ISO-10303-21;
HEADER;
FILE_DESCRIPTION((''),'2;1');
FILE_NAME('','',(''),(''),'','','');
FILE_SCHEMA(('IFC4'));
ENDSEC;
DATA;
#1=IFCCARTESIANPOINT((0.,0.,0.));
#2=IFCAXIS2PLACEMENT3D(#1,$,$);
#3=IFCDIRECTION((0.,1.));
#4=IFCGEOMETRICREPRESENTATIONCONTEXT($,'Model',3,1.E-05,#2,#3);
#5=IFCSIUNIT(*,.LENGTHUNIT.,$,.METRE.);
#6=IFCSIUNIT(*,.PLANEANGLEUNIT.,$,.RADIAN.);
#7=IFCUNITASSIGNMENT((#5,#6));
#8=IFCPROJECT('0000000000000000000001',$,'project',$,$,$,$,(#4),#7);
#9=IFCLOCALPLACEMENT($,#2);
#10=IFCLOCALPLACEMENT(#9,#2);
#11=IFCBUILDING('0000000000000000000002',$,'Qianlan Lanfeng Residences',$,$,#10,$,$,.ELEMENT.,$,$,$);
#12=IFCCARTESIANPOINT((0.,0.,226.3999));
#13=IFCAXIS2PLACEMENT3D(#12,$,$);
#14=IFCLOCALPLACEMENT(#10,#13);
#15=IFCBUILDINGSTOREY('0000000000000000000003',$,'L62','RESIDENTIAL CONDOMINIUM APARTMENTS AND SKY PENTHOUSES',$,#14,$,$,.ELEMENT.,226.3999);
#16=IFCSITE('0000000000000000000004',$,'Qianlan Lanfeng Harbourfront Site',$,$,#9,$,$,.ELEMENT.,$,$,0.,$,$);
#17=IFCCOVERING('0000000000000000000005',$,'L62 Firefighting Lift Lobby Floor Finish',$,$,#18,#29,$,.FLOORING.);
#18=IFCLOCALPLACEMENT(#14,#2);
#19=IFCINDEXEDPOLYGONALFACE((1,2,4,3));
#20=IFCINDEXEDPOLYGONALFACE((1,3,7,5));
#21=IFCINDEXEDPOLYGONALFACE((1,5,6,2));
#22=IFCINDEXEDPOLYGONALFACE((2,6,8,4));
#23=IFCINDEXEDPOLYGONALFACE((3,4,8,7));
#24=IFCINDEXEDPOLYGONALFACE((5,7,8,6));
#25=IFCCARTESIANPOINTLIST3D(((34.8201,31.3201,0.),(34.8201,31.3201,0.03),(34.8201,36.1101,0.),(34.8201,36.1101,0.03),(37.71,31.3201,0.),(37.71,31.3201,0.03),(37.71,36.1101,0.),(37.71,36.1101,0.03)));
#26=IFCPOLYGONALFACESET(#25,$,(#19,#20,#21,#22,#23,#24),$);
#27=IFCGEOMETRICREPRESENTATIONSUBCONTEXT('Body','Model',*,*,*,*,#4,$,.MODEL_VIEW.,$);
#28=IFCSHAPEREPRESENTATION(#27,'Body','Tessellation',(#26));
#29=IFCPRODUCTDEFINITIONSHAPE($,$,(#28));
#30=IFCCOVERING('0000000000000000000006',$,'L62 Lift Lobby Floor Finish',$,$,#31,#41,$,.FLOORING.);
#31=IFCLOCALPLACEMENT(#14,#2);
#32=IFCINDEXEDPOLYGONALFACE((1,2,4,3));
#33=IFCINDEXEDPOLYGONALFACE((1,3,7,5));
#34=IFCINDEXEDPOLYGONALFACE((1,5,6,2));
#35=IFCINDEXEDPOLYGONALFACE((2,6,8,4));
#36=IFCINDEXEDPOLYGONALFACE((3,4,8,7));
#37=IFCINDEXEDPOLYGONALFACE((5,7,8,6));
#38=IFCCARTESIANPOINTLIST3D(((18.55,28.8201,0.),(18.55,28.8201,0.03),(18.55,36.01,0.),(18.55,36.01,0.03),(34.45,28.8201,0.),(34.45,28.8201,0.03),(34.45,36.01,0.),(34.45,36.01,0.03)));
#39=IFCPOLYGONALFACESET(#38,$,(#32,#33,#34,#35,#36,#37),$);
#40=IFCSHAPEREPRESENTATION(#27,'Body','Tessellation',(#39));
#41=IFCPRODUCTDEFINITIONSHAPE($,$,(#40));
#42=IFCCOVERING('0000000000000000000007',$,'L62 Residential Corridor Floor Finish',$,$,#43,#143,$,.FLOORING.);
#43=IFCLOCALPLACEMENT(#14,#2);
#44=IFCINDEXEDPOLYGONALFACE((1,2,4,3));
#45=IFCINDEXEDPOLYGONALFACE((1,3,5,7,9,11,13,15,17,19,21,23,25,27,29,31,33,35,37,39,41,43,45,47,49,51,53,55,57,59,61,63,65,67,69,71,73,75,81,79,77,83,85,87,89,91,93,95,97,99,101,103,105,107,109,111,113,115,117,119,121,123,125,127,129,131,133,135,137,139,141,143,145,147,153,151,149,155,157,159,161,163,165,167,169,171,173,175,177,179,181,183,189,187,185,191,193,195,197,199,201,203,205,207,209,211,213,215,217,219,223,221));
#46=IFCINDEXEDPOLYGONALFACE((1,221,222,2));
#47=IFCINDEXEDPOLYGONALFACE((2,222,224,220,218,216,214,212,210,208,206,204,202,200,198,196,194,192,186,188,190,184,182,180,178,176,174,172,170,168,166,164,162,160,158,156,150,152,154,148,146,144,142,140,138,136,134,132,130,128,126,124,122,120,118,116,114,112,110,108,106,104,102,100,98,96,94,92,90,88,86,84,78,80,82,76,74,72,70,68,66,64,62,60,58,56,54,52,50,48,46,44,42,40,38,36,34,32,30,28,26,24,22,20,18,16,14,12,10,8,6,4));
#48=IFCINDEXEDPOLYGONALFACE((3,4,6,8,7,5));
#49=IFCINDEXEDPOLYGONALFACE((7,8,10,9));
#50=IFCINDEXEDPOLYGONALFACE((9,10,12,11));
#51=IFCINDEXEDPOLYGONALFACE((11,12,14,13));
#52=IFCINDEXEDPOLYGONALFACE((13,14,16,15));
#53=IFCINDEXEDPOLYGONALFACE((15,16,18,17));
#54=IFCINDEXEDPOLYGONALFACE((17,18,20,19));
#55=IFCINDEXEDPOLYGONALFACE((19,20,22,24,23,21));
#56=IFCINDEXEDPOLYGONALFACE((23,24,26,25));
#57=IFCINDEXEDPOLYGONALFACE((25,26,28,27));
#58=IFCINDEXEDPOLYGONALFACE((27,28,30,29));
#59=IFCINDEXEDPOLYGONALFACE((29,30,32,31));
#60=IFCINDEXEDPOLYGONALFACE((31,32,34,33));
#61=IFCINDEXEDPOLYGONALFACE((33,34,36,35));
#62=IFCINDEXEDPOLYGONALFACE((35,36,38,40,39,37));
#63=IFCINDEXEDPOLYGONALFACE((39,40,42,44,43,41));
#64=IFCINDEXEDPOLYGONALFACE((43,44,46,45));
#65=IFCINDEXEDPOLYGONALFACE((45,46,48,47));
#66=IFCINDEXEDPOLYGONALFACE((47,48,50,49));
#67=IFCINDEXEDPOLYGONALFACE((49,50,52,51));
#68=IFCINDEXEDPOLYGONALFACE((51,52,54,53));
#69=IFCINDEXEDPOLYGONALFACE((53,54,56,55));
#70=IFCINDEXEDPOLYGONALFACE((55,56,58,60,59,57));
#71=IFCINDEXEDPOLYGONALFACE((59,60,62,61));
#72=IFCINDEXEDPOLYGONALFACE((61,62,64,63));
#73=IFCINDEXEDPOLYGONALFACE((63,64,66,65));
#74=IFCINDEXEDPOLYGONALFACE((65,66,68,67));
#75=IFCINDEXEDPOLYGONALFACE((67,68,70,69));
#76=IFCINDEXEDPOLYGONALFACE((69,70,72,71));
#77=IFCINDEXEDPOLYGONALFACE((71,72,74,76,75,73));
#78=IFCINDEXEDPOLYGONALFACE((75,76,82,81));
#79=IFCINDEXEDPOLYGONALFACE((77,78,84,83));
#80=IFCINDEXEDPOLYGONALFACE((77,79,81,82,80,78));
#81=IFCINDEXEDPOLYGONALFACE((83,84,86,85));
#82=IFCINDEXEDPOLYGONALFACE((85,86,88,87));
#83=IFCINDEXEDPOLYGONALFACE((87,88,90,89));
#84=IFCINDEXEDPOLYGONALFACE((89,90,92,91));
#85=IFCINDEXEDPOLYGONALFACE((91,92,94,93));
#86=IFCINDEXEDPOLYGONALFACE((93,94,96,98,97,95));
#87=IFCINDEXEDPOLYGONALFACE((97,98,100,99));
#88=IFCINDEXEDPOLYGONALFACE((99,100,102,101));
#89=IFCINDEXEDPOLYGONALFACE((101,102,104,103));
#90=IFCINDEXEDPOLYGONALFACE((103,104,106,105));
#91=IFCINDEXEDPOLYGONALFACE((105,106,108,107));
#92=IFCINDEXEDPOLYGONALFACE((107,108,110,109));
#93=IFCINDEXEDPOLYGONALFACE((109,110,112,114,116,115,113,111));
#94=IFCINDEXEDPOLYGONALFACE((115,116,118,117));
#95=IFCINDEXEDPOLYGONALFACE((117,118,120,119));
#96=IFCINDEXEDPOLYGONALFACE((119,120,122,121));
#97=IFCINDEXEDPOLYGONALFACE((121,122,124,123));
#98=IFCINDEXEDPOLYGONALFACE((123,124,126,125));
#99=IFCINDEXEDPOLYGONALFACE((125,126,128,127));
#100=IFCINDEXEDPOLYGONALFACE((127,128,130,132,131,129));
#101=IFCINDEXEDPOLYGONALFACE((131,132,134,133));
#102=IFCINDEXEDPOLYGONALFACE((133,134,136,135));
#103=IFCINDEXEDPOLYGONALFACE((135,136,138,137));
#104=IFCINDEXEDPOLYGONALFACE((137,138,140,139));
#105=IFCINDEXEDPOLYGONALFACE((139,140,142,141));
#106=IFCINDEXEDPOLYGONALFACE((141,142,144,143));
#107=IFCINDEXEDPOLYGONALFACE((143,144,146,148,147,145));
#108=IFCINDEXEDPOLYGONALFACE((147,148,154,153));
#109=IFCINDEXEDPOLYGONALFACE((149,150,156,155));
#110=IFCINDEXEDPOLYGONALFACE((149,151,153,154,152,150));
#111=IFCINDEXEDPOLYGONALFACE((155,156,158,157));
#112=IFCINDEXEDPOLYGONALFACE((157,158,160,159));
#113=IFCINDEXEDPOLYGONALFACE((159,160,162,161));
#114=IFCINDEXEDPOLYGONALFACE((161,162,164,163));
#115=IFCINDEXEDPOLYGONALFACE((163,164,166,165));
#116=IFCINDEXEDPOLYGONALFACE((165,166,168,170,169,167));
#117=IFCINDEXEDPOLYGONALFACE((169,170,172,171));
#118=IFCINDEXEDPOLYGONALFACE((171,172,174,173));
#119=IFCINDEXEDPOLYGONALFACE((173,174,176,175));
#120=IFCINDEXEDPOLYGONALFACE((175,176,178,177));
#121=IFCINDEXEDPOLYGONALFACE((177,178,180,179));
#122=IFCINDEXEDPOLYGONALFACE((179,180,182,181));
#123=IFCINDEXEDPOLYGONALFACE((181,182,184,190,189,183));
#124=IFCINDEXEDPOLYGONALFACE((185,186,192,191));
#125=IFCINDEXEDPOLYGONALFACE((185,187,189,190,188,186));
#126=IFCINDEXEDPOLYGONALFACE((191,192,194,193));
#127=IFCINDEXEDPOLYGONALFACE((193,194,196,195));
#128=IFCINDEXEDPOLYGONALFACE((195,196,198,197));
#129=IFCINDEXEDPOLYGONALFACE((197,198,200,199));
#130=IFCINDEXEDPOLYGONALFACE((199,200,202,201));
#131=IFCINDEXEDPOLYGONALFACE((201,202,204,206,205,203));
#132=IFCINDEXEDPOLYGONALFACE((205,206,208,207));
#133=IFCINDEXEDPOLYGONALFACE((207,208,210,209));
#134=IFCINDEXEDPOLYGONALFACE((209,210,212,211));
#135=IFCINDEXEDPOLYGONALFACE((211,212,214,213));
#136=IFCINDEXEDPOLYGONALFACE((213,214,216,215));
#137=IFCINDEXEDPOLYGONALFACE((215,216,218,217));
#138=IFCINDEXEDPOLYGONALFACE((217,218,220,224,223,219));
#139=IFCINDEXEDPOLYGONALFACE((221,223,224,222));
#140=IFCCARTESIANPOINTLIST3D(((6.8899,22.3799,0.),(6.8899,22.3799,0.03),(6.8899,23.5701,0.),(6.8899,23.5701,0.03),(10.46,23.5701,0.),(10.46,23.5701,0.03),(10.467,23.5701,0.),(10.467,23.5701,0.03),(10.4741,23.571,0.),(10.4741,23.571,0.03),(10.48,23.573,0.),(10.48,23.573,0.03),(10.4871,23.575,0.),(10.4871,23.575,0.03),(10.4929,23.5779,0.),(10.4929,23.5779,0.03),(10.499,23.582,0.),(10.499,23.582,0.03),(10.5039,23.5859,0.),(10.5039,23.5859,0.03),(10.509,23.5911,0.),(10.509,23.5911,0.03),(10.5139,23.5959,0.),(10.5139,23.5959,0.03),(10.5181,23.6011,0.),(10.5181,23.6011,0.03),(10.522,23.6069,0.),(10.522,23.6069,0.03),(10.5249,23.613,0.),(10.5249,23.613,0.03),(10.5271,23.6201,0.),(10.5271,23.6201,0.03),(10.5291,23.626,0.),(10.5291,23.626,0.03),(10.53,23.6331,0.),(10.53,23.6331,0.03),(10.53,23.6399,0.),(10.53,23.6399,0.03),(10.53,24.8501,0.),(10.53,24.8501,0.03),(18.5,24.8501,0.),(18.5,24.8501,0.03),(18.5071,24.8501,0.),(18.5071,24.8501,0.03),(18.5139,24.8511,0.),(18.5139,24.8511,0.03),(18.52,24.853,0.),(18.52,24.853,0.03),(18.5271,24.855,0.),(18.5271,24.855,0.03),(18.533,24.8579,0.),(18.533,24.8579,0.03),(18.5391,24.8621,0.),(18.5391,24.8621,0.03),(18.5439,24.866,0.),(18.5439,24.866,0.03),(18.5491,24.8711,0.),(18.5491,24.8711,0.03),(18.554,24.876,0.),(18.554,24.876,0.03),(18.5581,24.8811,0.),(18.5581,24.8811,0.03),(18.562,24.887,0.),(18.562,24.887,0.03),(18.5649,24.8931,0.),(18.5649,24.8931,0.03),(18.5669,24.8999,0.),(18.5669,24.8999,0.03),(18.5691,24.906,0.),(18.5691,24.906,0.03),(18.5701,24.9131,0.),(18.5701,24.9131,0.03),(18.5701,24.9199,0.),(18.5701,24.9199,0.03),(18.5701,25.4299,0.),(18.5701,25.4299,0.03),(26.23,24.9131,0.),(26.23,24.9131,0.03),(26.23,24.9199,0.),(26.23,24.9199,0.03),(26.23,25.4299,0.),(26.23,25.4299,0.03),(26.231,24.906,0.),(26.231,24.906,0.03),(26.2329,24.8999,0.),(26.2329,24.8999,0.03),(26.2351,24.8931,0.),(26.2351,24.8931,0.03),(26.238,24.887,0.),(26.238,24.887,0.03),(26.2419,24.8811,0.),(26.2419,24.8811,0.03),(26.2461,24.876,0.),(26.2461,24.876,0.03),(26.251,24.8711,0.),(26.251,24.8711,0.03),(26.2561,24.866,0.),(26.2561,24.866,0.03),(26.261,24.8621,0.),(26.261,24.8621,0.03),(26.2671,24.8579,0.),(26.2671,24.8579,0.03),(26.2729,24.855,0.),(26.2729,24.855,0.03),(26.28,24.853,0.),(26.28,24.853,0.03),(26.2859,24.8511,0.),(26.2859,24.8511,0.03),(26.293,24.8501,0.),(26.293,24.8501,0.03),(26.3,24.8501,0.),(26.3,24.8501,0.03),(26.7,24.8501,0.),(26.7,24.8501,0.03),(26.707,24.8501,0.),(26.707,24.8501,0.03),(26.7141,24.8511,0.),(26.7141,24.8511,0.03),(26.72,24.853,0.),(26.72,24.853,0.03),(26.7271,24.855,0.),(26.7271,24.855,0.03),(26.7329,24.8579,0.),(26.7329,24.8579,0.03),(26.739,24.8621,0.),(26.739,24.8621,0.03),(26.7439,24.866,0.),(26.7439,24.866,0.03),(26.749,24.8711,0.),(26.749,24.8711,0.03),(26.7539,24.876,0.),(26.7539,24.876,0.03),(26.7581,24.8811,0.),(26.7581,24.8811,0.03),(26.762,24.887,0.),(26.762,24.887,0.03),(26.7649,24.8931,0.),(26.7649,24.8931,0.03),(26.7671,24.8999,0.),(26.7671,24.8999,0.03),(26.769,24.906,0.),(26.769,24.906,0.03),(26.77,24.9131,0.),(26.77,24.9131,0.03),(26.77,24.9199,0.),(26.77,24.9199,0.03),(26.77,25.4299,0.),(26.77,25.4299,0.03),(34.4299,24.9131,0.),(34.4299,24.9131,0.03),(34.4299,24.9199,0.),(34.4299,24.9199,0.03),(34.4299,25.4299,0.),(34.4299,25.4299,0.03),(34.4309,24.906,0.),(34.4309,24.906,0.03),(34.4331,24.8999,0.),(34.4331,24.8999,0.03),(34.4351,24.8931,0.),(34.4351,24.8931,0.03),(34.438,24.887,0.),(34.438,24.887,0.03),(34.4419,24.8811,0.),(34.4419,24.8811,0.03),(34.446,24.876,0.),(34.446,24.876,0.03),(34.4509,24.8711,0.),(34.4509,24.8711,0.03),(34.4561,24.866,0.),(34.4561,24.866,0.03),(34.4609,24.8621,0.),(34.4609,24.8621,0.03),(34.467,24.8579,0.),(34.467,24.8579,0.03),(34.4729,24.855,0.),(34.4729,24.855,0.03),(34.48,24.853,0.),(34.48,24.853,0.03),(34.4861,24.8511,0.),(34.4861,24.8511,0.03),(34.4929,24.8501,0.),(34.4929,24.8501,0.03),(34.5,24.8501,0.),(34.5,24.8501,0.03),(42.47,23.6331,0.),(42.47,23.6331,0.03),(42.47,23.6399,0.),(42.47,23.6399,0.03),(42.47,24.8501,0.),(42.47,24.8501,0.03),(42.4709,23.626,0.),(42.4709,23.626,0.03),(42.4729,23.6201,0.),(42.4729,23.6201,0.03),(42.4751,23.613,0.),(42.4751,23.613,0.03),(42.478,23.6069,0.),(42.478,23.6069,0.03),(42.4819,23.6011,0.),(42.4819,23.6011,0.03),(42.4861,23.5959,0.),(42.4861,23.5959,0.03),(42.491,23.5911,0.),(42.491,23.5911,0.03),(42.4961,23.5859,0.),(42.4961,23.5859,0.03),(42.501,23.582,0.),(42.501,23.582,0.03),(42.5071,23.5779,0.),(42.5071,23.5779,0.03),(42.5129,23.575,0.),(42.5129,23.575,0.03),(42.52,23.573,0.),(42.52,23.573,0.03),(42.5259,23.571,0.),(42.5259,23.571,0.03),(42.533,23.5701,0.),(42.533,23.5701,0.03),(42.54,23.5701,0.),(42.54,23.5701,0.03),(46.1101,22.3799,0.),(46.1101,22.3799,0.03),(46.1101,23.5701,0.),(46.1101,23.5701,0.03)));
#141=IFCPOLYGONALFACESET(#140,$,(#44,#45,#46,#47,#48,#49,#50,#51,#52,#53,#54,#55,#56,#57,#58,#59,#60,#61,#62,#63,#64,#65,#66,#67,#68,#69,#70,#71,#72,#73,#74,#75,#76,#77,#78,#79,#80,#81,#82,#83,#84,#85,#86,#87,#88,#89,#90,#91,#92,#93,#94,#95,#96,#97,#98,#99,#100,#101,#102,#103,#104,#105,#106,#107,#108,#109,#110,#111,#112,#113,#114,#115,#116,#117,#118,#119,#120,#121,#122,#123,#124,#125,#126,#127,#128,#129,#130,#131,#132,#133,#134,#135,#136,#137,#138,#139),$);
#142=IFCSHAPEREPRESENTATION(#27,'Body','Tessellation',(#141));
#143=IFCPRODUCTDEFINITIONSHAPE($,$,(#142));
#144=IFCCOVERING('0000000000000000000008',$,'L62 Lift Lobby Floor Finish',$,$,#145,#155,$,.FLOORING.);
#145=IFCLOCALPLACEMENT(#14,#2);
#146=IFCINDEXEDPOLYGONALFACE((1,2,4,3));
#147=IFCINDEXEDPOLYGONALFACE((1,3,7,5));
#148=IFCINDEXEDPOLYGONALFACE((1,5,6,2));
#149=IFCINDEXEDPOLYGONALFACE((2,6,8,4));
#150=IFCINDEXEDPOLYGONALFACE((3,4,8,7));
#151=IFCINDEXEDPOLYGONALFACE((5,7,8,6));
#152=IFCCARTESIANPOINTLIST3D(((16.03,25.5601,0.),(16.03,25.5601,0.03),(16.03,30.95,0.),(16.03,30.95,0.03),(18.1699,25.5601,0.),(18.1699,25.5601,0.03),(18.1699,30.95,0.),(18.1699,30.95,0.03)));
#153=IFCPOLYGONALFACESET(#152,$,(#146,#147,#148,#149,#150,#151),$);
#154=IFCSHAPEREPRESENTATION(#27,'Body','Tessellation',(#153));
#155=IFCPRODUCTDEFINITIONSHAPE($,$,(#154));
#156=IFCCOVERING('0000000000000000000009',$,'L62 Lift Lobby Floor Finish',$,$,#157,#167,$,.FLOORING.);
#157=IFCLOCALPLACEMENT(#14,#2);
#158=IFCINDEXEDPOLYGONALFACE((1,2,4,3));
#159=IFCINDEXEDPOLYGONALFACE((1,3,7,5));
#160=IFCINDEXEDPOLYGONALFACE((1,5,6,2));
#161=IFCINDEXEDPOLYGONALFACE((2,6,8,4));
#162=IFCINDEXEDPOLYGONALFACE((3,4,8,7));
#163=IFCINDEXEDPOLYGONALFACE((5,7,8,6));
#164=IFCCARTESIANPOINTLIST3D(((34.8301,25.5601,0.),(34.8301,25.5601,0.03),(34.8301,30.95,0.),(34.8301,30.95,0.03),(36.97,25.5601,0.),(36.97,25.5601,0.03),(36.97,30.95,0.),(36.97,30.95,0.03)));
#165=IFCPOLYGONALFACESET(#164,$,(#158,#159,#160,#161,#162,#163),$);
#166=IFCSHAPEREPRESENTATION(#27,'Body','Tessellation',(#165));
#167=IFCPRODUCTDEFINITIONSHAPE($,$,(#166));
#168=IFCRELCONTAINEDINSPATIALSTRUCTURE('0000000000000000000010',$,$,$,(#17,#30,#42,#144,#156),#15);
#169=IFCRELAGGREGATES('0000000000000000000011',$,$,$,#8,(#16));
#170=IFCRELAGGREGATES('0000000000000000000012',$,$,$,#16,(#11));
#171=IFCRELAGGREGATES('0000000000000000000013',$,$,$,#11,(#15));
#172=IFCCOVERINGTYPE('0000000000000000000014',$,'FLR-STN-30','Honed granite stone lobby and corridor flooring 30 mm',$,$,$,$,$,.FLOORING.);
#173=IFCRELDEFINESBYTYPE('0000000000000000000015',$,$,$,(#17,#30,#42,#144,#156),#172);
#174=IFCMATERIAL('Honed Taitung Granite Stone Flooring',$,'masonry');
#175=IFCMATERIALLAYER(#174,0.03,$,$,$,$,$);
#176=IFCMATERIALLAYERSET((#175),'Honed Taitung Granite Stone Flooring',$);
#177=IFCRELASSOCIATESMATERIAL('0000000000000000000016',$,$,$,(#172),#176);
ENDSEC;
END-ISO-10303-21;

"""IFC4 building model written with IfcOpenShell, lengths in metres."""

from ifc_helpers import new_model, si_unit, direction, frame, origin, place, context, subcontext, project, spatial, polyline, outline, extrude, material, layer, layer_set, type_object, element, save


model = new_model("IFC4")

# Units and contexts
model_context = context("Model", 3, precision=1e-05, world=origin(), true_north=direction((0.0, 1.0)))
body_context = subcontext(model_context, "Body", "Model", "MODEL_VIEW")
ifc_project = project(units=[si_unit("LENGTHUNIT", "METRE"), si_unit("PLANEANGLEUNIT", "RADIAN")], contexts=[model_context])

# Site, building, storey
site_placement = place(None, origin())
site = spatial("IfcSite", under=ifc_project, at=site_placement, Name="Qianlan Lanfeng Harbourfront Site", CompositionType="ELEMENT", RefElevation=0.0)
building_placement = place(site_placement, origin())
building = spatial("IfcBuilding", under=site, at=building_placement, Name="Qianlan Lanfeng Residences", CompositionType="ELEMENT")
storey_placement = place(building_placement, frame((0.0, 0.0, 226.3999)))
storey = spatial("IfcBuildingStorey", under=building, at=storey_placement, Name="L62", Description="RESIDENTIAL CONDOMINIUM APARTMENTS AND SKY PENTHOUSES", CompositionType="ELEMENT", Elevation=226.3999)

# Coverings
ifc_material_1 = material(Name="Honed Taitung Granite Stone Flooring", Category="masonry")
ifc_layer_1 = layer(ifc_material_1, 0.03)
ifc_layer_set_1 = layer_set([ifc_layer_1], Name="Honed Taitung Granite Stone Flooring")
covering_type_1 = type_object("IfcCoveringType", Name="FLR-STN-30", Description="Honed granite stone lobby and corridor flooring 30 mm", PredefinedType="FLOORING", material=ifc_layer_set_1)
covering_1_placement = place(storey_placement, origin())
element("IfcCovering", 1, at=covering_1_placement, inside=storey, type_object=covering_type_1, Name="L62 Firefighting Lift Lobby Floor Finish", PredefinedType="FLOORING", context=body_context, shape_type="SweptSolid", body=[
    extrude(outline(polyline([(34.8201, 31.3201), (37.71, 31.3201), (37.71, 36.1101), (34.8201, 36.1101), (34.8201, 31.3201)])), origin(), (0.0, 0.0, 1.0), 0.03),
])
covering_2_placement = place(storey_placement, origin())
element("IfcCovering", 2, at=covering_2_placement, inside=storey, type_object=covering_type_1, Name="L62 Lift Lobby Floor Finish", PredefinedType="FLOORING", context=body_context, shape_type="SweptSolid", body=[
    extrude(outline(polyline([(18.55, 28.8201), (34.45, 28.8201), (34.45, 36.01), (18.55, 36.01), (18.55, 28.8201)])), origin(), (0.0, 0.0, 1.0), 0.03),
])
covering_3_placement = place(storey_placement, origin())
element("IfcCovering", 3, at=covering_3_placement, inside=storey, type_object=covering_type_1, Name="L62 Residential Corridor Floor Finish", PredefinedType="FLOORING", context=body_context, shape_type="SweptSolid", body=[
    extrude(outline(polyline([(6.8899, 22.3799), (46.1101, 22.3799), (46.1101, 23.5701), (42.54, 23.5701), (42.533, 23.5701), (42.5259, 23.571), (42.52, 23.573), (42.5129, 23.575), (42.5071, 23.5779), (42.501, 23.582), (42.4961, 23.5859), (42.491, 23.5911), (42.4861, 23.5959), (42.4819, 23.6011), (42.478, 23.6069), (42.4751, 23.613), (42.4729, 23.6201), (42.4709, 23.626), (42.47, 23.6331), (42.47, 23.6399), (42.47, 24.8501), (34.5, 24.8501), (34.4929, 24.8501), (34.4861, 24.8511), (34.48, 24.853), (34.4729, 24.855), (34.467, 24.8579), (34.4609, 24.8621), (34.4561, 24.866), (34.4509, 24.8711), (34.446, 24.876), (34.4419, 24.8811), (34.438, 24.887), (34.4351, 24.8931), (34.4331, 24.8999), (34.4309, 24.906), (34.4299, 24.9131), (34.4299, 24.9199), (34.4299, 25.4299), (26.77, 25.4299), (26.77, 24.9199), (26.77, 24.9131), (26.769, 24.906), (26.7671, 24.8999), (26.7649, 24.8931), (26.762, 24.887), (26.7581, 24.8811), (26.7539, 24.876), (26.749, 24.8711), (26.7439, 24.866), (26.739, 24.8621), (26.7329, 24.8579), (26.7271, 24.855), (26.72, 24.853), (26.7141, 24.8511), (26.707, 24.8501), (26.7, 24.8501), (26.3, 24.8501), (26.293, 24.8501), (26.2859, 24.8511), (26.28, 24.853), (26.2729, 24.855), (26.2671, 24.8579), (26.261, 24.8621), (26.2561, 24.866), (26.251, 24.8711), (26.2461, 24.876), (26.2419, 24.8811), (26.238, 24.887), (26.2351, 24.8931), (26.2329, 24.8999), (26.231, 24.906), (26.23, 24.9131), (26.23, 24.9199), (26.23, 25.4299), (18.5701, 25.4299), (18.5701, 24.9199), (18.5701, 24.9131), (18.5691, 24.906), (18.5669, 24.8999), (18.5649, 24.8931), (18.562, 24.887), (18.5581, 24.8811), (18.554, 24.876), (18.5491, 24.8711), (18.5439, 24.866), (18.5391, 24.8621), (18.533, 24.8579), (18.5271, 24.855), (18.52, 24.853), (18.5139, 24.8511), (18.5071, 24.8501), (18.5, 24.8501), (10.53, 24.8501), (10.53, 23.6399), (10.53, 23.6331), (10.5291, 23.626), (10.5271, 23.6201), (10.5249, 23.613), (10.522, 23.6069), (10.5181, 23.6011), (10.5139, 23.5959), (10.509, 23.5911), (10.5039, 23.5859), (10.499, 23.582), (10.4929, 23.5779), (10.4871, 23.575), (10.48, 23.573), (10.4741, 23.571), (10.467, 23.5701), (10.46, 23.5701), (6.8899, 23.5701), (6.8899, 22.3799)])), origin(), (0.0, 0.0, 1.0), 0.03),
])
covering_4_placement = place(storey_placement, origin())
element("IfcCovering", 4, at=covering_4_placement, inside=storey, type_object=covering_type_1, Name="L62 Lift Lobby Floor Finish", PredefinedType="FLOORING", context=body_context, shape_type="SweptSolid", body=[
    extrude(outline(polyline([(16.03, 25.5601), (18.1699, 25.5601), (18.1699, 30.95), (16.03, 30.95), (16.03, 25.5601)])), origin(), (0.0, 0.0, 1.0), 0.03),
])
covering_5_placement = place(storey_placement, origin())
element("IfcCovering", 5, at=covering_5_placement, inside=storey, type_object=covering_type_1, Name="L62 Lift Lobby Floor Finish", PredefinedType="FLOORING", context=body_context, shape_type="SweptSolid", body=[
    extrude(outline(polyline([(34.8301, 25.5601), (36.97, 25.5601), (36.97, 30.95), (34.8301, 30.95), (34.8301, 25.5601)])), origin(), (0.0, 0.0, 1.0), 0.03),
])

save(model, "model.ifc")
